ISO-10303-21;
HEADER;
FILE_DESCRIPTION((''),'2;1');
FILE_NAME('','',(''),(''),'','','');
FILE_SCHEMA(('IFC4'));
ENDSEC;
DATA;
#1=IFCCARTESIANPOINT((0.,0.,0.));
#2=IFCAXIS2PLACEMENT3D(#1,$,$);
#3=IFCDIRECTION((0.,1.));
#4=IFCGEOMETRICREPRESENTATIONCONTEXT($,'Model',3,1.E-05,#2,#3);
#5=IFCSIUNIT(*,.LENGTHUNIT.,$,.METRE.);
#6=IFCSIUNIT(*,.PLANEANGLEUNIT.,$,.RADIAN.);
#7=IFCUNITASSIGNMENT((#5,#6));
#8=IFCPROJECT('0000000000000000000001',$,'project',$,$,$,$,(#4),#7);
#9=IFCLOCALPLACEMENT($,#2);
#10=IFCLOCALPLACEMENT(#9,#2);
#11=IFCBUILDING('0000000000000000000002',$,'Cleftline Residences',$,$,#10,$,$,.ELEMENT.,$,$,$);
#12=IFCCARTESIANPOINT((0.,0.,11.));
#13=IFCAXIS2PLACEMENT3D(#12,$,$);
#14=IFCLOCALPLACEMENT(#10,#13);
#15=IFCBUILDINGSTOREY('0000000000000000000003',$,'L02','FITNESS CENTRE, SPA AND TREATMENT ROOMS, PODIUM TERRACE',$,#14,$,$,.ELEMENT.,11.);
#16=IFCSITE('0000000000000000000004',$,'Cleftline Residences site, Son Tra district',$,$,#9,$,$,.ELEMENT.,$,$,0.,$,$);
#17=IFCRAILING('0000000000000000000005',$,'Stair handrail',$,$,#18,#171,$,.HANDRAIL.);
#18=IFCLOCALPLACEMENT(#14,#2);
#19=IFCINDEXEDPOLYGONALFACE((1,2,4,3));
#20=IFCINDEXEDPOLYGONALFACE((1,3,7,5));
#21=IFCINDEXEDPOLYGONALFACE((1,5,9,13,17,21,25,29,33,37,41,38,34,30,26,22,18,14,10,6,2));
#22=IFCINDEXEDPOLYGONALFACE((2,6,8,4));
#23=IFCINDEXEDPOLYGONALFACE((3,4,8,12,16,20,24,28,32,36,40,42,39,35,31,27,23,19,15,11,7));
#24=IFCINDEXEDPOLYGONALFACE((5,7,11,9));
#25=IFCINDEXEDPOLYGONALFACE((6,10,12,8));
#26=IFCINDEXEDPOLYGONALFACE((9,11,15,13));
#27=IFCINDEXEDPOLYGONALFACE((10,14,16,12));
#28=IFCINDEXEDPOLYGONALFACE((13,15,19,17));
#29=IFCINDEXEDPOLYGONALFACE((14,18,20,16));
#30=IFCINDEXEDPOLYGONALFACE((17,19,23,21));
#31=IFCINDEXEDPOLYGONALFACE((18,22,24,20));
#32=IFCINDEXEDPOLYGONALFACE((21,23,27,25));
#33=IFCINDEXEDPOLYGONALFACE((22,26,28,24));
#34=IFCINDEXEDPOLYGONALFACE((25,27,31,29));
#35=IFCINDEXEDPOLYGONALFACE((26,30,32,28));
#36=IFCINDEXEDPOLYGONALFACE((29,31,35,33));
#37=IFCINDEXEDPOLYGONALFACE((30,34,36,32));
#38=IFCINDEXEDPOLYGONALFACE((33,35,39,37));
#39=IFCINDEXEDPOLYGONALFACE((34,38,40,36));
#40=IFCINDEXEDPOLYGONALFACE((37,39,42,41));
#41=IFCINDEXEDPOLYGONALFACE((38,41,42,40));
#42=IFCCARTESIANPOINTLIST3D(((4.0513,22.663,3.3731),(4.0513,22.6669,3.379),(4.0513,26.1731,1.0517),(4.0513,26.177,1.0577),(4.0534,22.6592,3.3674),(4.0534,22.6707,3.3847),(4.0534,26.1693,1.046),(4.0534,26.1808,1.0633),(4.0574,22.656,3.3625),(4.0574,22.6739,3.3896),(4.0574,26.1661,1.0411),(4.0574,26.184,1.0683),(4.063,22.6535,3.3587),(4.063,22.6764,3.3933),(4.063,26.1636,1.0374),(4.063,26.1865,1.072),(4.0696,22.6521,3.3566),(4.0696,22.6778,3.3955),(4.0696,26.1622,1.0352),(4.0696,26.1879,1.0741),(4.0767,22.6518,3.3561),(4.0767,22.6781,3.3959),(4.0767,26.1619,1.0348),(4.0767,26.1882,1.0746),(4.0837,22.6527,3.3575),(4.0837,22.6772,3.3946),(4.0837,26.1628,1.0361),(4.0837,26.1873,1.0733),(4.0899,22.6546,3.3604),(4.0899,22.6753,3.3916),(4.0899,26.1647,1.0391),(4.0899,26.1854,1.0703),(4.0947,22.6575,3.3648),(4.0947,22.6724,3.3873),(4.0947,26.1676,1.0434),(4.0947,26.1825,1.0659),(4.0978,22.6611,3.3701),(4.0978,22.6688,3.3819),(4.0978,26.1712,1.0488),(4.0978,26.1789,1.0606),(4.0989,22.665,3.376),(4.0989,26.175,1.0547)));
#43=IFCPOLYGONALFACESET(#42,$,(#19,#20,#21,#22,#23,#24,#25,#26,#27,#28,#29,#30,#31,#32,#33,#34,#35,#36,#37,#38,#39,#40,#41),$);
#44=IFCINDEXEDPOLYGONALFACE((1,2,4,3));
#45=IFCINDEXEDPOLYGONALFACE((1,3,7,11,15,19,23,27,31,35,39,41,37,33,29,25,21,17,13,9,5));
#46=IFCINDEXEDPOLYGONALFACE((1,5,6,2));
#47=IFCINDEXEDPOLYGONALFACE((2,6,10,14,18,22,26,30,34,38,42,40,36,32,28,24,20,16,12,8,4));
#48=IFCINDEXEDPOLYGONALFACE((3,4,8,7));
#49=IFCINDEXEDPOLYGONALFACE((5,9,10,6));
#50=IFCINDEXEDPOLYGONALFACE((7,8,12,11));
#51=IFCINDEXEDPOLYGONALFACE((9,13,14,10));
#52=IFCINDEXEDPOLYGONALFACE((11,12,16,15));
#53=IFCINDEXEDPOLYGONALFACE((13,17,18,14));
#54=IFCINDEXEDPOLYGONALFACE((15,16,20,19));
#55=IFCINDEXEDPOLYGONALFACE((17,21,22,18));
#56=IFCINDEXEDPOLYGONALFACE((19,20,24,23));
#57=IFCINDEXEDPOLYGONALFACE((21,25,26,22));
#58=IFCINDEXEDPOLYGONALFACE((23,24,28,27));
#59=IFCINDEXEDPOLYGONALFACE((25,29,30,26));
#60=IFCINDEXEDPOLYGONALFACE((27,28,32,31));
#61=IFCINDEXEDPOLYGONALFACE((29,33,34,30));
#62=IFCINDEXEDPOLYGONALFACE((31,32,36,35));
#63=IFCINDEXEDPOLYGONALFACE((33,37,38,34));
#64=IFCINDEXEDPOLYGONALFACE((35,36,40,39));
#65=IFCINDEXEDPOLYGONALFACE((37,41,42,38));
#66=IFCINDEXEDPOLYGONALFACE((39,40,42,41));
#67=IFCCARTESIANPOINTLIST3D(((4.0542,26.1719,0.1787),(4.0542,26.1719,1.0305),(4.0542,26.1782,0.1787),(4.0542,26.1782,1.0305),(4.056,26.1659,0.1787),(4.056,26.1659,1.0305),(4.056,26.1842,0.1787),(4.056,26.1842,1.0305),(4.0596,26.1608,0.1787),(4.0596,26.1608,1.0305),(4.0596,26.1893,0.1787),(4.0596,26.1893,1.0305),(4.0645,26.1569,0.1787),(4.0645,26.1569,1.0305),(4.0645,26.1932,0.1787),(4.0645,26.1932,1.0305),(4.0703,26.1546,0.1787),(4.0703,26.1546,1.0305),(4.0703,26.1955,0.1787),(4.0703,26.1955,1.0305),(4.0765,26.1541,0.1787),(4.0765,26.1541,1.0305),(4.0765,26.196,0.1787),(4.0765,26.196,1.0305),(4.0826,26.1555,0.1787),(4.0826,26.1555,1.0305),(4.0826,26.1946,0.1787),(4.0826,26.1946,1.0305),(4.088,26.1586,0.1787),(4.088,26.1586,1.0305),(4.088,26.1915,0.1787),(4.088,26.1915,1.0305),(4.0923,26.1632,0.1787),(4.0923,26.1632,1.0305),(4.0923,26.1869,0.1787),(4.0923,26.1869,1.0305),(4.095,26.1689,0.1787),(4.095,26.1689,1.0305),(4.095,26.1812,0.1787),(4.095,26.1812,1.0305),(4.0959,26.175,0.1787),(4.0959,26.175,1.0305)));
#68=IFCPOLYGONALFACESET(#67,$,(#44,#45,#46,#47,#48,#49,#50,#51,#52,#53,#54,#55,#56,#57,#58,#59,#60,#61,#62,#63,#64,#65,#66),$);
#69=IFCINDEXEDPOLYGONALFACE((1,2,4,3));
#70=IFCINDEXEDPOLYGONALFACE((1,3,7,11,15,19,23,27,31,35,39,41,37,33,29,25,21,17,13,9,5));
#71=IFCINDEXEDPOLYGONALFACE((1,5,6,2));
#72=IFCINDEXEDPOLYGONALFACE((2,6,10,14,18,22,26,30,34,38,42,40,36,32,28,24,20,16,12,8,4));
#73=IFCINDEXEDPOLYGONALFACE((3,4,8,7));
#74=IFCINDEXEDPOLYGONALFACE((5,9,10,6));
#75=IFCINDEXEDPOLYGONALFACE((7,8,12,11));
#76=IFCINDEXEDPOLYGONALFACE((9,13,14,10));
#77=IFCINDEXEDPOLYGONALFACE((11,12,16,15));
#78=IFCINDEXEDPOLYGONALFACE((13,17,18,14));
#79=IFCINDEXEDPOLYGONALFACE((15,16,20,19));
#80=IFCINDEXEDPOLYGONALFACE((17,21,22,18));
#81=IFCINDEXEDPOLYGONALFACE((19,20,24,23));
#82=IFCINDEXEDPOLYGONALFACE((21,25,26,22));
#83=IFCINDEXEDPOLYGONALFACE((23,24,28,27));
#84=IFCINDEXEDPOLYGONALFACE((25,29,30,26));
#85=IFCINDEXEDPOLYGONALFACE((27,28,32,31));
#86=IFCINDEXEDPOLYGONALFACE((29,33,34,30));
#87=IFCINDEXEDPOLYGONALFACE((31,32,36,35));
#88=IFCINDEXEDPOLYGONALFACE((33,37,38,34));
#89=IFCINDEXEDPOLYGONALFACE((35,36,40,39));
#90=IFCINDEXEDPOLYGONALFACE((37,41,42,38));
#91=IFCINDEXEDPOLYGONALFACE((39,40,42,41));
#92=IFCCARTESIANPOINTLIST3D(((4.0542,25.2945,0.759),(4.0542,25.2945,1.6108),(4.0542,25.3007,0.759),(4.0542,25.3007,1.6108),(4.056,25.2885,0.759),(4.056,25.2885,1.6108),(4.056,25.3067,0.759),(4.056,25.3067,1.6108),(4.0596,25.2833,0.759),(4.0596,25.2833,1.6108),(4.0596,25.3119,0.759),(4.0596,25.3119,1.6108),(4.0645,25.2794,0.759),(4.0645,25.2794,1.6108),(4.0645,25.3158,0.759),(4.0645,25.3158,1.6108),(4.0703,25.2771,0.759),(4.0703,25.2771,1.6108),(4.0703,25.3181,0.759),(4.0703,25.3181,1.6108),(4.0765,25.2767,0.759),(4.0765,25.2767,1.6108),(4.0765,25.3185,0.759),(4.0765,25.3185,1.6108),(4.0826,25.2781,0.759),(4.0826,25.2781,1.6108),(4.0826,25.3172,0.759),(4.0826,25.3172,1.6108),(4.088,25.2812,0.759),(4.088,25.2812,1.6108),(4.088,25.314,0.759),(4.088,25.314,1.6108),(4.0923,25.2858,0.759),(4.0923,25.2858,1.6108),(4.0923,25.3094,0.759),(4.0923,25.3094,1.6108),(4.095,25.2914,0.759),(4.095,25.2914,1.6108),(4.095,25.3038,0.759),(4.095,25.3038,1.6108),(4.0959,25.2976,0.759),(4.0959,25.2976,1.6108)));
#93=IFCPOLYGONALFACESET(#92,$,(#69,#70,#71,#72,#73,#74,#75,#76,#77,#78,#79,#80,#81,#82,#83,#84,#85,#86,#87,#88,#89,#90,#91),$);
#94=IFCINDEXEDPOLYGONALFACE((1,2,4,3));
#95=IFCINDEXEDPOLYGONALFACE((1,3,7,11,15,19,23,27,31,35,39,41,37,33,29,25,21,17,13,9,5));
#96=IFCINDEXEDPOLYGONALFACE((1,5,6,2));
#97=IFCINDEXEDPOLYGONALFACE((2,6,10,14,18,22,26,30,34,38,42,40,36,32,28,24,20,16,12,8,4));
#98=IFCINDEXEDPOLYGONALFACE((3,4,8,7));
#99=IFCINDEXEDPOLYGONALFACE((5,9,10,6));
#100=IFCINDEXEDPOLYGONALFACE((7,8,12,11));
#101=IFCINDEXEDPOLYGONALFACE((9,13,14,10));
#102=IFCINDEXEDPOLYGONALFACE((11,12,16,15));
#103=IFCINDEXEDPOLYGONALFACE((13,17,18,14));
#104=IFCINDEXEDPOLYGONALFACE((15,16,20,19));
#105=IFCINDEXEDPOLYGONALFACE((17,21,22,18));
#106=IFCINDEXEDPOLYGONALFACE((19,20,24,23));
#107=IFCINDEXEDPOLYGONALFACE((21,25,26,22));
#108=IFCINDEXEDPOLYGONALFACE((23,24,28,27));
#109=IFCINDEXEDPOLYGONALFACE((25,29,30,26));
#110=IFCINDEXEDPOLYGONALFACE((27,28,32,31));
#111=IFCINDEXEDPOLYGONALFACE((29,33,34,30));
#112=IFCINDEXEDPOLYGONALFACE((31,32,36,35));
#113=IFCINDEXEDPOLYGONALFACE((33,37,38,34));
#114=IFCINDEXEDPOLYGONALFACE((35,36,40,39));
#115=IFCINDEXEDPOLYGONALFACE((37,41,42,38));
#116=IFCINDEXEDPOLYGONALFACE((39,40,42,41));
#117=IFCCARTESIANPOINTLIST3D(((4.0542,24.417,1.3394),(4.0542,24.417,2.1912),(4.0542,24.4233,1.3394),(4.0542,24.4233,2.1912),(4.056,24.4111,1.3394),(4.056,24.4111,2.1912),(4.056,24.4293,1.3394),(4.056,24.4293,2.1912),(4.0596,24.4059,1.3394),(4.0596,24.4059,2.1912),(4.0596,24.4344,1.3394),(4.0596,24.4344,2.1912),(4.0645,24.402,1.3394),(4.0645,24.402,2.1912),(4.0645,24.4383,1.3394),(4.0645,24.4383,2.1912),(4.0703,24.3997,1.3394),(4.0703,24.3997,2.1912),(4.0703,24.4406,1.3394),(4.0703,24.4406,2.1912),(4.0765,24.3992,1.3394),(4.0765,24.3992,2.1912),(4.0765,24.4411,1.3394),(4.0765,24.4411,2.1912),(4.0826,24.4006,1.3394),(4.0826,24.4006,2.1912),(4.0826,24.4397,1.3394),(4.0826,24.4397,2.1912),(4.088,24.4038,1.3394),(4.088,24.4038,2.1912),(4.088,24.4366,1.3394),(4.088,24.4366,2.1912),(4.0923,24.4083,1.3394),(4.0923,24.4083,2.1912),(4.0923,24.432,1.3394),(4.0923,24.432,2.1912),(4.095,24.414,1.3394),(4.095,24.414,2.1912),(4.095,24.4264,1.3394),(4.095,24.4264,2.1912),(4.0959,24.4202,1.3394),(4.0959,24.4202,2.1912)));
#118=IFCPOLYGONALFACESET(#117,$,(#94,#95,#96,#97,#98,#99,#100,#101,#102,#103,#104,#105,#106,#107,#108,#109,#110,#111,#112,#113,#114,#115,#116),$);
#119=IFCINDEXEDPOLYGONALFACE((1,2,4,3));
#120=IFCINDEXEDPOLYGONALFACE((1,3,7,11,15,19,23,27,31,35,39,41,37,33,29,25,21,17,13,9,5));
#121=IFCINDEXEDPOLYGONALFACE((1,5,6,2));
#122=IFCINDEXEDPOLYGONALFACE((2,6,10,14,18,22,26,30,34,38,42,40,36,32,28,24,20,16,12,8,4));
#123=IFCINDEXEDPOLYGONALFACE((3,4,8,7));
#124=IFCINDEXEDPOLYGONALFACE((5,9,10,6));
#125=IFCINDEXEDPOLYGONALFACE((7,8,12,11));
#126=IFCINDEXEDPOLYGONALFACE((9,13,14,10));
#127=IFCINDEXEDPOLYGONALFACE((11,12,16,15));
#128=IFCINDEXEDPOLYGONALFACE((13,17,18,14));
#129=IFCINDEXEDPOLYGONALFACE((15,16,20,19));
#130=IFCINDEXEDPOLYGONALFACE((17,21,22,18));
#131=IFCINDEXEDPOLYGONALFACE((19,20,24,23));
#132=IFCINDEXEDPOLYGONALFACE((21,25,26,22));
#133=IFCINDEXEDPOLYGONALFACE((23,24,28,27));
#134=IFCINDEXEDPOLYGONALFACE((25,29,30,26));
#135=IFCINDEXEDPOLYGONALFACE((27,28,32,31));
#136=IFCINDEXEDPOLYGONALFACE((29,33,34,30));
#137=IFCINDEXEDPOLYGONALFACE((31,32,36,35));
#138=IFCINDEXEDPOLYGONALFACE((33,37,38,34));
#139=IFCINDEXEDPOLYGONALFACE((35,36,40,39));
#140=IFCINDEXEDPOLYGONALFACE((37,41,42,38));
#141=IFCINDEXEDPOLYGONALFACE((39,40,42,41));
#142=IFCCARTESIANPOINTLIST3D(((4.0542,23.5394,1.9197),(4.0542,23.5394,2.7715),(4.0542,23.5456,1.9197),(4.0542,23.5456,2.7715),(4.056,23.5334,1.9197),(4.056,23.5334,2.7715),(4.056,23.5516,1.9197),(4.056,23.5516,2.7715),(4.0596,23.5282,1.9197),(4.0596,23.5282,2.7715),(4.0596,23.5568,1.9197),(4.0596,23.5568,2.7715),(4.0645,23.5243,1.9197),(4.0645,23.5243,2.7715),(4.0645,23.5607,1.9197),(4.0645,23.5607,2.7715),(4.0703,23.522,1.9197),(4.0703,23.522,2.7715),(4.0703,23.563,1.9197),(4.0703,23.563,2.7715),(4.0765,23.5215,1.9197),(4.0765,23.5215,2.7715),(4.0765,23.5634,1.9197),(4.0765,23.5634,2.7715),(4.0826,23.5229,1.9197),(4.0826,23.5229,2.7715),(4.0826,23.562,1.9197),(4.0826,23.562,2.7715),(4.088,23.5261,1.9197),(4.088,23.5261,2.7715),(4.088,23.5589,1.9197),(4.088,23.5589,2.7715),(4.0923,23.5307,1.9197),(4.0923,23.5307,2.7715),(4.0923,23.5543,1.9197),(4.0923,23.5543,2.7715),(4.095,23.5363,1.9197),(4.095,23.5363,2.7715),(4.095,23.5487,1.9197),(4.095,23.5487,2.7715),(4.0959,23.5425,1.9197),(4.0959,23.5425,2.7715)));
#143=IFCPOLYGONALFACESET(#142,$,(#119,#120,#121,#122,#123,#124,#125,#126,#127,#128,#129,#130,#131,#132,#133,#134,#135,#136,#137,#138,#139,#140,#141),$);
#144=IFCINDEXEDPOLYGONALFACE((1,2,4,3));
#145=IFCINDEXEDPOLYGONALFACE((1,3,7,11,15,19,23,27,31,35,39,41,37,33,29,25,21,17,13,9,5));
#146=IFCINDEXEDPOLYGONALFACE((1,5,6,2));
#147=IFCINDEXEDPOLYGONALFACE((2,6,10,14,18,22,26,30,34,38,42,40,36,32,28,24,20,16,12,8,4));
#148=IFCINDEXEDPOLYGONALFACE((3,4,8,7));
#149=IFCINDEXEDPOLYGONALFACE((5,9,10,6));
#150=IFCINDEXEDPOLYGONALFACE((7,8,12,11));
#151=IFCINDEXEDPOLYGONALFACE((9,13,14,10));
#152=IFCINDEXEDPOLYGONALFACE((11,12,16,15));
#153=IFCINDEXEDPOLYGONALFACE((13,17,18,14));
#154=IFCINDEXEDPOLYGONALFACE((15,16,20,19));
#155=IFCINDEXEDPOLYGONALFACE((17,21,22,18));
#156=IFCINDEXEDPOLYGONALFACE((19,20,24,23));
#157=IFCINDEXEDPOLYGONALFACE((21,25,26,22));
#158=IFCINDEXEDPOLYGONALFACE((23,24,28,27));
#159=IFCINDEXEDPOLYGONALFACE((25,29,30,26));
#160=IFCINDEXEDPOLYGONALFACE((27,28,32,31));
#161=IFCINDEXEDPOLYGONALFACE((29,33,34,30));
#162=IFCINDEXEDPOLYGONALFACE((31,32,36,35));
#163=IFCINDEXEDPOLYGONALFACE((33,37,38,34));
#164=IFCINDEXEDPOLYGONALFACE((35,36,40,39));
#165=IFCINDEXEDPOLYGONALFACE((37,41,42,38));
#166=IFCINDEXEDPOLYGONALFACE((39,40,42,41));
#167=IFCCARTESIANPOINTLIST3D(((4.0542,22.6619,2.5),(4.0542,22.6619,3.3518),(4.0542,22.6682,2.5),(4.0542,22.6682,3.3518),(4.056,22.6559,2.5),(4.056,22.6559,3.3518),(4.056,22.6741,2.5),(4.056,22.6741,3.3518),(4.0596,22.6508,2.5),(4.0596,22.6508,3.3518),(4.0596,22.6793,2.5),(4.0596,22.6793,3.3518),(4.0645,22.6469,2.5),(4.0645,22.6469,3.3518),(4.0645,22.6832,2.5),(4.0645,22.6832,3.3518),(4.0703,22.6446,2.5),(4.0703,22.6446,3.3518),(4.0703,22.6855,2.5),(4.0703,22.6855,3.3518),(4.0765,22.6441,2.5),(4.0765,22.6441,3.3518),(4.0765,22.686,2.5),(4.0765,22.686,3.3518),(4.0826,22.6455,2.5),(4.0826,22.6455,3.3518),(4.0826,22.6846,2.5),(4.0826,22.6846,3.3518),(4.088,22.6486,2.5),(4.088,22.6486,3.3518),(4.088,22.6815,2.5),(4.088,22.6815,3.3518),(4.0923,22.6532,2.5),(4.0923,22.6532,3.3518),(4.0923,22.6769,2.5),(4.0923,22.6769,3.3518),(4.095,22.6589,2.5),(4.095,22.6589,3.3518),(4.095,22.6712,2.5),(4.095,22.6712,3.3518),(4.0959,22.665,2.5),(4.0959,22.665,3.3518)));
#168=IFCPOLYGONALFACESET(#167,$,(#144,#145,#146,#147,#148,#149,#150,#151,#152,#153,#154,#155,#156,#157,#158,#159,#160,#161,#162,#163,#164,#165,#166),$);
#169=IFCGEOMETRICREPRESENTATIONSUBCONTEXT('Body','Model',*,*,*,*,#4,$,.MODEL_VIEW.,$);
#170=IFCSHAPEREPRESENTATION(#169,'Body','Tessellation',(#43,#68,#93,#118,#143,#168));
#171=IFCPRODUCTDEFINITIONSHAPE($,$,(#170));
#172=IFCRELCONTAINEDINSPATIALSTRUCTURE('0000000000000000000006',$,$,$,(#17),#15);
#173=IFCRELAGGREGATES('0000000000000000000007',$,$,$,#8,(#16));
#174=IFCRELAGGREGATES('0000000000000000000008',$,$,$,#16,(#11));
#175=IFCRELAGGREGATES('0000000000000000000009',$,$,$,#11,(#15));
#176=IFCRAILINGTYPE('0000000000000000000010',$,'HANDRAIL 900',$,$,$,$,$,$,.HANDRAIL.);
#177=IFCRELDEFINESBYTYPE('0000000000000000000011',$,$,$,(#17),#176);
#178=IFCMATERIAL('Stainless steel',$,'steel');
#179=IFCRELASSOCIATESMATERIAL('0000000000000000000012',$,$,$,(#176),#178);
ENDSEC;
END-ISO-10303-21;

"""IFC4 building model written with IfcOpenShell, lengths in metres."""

from ifc_helpers import new_model, si_unit, direction, frame, origin, origin_2d, place, context, subcontext, project, spatial, circle, extrude, material, type_object, element, save


model = new_model("IFC4")

# Units and contexts
model_context = context("Model", 3, precision=1e-05, world=origin(), true_north=direction((0.0, 1.0)))
body_context = subcontext(model_context, "Body", "Model", "MODEL_VIEW")
ifc_project = project(units=[si_unit("LENGTHUNIT", "METRE"), si_unit("PLANEANGLEUNIT", "RADIAN")], contexts=[model_context])

# Site, building, storey
site_placement = place(None, origin())
site = spatial("IfcSite", under=ifc_project, at=site_placement, Name="Cleftline Residences site, Son Tra district", CompositionType="ELEMENT", RefElevation=0.0)
building_placement = place(site_placement, origin())
building = spatial("IfcBuilding", under=site, at=building_placement, Name="Cleftline Residences", CompositionType="ELEMENT")
storey_placement = place(building_placement, frame((0.0, 0.0, 11.0)))
storey = spatial("IfcBuildingStorey", under=building, at=storey_placement, Name="L02", Description="FITNESS CENTRE, SPA AND TREATMENT ROOMS, PODIUM TERRACE", CompositionType="ELEMENT", Elevation=11.0)

# Railing
ifc_material_1 = material(Name="Stainless steel", Category="steel")
railing_type = type_object("IfcRailingType", Name="HANDRAIL 900", PredefinedType="HANDRAIL", material=ifc_material_1)
railing_placement = place(storey_placement, frame((4.075, 26.175, 0.1787)))
element("IfcRailing", 1, at=railing_placement, inside=storey, type_object=railing_type, Name="Stair handrail", PredefinedType="HANDRAIL", context=body_context, shape_type="SweptSolid", body=[
    extrude(circle(Radius=0.0239, at=origin_2d()), frame((0.0, 0.0, 0.876), z_axis=(0.0, -0.834097, 0.551617), x_axis=(1.0, 0.0, 0.0)), (0.0, 0.0, 1.0), 4.2083),
    extrude(circle(Radius=0.021, at=origin_2d()), origin(), (0.0, 0.0, 1.0), 0.8518),
    extrude(circle(Radius=0.021, at=origin_2d()), frame((0.0, -0.8774, 0.5803)), (0.0, 0.0, 1.0), 0.8518),
    extrude(circle(Radius=0.021, at=origin_2d()), frame((0.0, -1.7549, 1.1606)), (0.0, 0.0, 1.0), 0.8518),
    extrude(circle(Radius=0.021, at=origin_2d()), frame((0.0, -2.6326, 1.741)), (0.0, 0.0, 1.0), 0.8518),
    extrude(circle(Radius=0.021, at=origin_2d()), frame((0.0, -3.51, 2.3213)), (0.0, 0.0, 1.0), 0.8518),
])

save(model, "model.ifc")
